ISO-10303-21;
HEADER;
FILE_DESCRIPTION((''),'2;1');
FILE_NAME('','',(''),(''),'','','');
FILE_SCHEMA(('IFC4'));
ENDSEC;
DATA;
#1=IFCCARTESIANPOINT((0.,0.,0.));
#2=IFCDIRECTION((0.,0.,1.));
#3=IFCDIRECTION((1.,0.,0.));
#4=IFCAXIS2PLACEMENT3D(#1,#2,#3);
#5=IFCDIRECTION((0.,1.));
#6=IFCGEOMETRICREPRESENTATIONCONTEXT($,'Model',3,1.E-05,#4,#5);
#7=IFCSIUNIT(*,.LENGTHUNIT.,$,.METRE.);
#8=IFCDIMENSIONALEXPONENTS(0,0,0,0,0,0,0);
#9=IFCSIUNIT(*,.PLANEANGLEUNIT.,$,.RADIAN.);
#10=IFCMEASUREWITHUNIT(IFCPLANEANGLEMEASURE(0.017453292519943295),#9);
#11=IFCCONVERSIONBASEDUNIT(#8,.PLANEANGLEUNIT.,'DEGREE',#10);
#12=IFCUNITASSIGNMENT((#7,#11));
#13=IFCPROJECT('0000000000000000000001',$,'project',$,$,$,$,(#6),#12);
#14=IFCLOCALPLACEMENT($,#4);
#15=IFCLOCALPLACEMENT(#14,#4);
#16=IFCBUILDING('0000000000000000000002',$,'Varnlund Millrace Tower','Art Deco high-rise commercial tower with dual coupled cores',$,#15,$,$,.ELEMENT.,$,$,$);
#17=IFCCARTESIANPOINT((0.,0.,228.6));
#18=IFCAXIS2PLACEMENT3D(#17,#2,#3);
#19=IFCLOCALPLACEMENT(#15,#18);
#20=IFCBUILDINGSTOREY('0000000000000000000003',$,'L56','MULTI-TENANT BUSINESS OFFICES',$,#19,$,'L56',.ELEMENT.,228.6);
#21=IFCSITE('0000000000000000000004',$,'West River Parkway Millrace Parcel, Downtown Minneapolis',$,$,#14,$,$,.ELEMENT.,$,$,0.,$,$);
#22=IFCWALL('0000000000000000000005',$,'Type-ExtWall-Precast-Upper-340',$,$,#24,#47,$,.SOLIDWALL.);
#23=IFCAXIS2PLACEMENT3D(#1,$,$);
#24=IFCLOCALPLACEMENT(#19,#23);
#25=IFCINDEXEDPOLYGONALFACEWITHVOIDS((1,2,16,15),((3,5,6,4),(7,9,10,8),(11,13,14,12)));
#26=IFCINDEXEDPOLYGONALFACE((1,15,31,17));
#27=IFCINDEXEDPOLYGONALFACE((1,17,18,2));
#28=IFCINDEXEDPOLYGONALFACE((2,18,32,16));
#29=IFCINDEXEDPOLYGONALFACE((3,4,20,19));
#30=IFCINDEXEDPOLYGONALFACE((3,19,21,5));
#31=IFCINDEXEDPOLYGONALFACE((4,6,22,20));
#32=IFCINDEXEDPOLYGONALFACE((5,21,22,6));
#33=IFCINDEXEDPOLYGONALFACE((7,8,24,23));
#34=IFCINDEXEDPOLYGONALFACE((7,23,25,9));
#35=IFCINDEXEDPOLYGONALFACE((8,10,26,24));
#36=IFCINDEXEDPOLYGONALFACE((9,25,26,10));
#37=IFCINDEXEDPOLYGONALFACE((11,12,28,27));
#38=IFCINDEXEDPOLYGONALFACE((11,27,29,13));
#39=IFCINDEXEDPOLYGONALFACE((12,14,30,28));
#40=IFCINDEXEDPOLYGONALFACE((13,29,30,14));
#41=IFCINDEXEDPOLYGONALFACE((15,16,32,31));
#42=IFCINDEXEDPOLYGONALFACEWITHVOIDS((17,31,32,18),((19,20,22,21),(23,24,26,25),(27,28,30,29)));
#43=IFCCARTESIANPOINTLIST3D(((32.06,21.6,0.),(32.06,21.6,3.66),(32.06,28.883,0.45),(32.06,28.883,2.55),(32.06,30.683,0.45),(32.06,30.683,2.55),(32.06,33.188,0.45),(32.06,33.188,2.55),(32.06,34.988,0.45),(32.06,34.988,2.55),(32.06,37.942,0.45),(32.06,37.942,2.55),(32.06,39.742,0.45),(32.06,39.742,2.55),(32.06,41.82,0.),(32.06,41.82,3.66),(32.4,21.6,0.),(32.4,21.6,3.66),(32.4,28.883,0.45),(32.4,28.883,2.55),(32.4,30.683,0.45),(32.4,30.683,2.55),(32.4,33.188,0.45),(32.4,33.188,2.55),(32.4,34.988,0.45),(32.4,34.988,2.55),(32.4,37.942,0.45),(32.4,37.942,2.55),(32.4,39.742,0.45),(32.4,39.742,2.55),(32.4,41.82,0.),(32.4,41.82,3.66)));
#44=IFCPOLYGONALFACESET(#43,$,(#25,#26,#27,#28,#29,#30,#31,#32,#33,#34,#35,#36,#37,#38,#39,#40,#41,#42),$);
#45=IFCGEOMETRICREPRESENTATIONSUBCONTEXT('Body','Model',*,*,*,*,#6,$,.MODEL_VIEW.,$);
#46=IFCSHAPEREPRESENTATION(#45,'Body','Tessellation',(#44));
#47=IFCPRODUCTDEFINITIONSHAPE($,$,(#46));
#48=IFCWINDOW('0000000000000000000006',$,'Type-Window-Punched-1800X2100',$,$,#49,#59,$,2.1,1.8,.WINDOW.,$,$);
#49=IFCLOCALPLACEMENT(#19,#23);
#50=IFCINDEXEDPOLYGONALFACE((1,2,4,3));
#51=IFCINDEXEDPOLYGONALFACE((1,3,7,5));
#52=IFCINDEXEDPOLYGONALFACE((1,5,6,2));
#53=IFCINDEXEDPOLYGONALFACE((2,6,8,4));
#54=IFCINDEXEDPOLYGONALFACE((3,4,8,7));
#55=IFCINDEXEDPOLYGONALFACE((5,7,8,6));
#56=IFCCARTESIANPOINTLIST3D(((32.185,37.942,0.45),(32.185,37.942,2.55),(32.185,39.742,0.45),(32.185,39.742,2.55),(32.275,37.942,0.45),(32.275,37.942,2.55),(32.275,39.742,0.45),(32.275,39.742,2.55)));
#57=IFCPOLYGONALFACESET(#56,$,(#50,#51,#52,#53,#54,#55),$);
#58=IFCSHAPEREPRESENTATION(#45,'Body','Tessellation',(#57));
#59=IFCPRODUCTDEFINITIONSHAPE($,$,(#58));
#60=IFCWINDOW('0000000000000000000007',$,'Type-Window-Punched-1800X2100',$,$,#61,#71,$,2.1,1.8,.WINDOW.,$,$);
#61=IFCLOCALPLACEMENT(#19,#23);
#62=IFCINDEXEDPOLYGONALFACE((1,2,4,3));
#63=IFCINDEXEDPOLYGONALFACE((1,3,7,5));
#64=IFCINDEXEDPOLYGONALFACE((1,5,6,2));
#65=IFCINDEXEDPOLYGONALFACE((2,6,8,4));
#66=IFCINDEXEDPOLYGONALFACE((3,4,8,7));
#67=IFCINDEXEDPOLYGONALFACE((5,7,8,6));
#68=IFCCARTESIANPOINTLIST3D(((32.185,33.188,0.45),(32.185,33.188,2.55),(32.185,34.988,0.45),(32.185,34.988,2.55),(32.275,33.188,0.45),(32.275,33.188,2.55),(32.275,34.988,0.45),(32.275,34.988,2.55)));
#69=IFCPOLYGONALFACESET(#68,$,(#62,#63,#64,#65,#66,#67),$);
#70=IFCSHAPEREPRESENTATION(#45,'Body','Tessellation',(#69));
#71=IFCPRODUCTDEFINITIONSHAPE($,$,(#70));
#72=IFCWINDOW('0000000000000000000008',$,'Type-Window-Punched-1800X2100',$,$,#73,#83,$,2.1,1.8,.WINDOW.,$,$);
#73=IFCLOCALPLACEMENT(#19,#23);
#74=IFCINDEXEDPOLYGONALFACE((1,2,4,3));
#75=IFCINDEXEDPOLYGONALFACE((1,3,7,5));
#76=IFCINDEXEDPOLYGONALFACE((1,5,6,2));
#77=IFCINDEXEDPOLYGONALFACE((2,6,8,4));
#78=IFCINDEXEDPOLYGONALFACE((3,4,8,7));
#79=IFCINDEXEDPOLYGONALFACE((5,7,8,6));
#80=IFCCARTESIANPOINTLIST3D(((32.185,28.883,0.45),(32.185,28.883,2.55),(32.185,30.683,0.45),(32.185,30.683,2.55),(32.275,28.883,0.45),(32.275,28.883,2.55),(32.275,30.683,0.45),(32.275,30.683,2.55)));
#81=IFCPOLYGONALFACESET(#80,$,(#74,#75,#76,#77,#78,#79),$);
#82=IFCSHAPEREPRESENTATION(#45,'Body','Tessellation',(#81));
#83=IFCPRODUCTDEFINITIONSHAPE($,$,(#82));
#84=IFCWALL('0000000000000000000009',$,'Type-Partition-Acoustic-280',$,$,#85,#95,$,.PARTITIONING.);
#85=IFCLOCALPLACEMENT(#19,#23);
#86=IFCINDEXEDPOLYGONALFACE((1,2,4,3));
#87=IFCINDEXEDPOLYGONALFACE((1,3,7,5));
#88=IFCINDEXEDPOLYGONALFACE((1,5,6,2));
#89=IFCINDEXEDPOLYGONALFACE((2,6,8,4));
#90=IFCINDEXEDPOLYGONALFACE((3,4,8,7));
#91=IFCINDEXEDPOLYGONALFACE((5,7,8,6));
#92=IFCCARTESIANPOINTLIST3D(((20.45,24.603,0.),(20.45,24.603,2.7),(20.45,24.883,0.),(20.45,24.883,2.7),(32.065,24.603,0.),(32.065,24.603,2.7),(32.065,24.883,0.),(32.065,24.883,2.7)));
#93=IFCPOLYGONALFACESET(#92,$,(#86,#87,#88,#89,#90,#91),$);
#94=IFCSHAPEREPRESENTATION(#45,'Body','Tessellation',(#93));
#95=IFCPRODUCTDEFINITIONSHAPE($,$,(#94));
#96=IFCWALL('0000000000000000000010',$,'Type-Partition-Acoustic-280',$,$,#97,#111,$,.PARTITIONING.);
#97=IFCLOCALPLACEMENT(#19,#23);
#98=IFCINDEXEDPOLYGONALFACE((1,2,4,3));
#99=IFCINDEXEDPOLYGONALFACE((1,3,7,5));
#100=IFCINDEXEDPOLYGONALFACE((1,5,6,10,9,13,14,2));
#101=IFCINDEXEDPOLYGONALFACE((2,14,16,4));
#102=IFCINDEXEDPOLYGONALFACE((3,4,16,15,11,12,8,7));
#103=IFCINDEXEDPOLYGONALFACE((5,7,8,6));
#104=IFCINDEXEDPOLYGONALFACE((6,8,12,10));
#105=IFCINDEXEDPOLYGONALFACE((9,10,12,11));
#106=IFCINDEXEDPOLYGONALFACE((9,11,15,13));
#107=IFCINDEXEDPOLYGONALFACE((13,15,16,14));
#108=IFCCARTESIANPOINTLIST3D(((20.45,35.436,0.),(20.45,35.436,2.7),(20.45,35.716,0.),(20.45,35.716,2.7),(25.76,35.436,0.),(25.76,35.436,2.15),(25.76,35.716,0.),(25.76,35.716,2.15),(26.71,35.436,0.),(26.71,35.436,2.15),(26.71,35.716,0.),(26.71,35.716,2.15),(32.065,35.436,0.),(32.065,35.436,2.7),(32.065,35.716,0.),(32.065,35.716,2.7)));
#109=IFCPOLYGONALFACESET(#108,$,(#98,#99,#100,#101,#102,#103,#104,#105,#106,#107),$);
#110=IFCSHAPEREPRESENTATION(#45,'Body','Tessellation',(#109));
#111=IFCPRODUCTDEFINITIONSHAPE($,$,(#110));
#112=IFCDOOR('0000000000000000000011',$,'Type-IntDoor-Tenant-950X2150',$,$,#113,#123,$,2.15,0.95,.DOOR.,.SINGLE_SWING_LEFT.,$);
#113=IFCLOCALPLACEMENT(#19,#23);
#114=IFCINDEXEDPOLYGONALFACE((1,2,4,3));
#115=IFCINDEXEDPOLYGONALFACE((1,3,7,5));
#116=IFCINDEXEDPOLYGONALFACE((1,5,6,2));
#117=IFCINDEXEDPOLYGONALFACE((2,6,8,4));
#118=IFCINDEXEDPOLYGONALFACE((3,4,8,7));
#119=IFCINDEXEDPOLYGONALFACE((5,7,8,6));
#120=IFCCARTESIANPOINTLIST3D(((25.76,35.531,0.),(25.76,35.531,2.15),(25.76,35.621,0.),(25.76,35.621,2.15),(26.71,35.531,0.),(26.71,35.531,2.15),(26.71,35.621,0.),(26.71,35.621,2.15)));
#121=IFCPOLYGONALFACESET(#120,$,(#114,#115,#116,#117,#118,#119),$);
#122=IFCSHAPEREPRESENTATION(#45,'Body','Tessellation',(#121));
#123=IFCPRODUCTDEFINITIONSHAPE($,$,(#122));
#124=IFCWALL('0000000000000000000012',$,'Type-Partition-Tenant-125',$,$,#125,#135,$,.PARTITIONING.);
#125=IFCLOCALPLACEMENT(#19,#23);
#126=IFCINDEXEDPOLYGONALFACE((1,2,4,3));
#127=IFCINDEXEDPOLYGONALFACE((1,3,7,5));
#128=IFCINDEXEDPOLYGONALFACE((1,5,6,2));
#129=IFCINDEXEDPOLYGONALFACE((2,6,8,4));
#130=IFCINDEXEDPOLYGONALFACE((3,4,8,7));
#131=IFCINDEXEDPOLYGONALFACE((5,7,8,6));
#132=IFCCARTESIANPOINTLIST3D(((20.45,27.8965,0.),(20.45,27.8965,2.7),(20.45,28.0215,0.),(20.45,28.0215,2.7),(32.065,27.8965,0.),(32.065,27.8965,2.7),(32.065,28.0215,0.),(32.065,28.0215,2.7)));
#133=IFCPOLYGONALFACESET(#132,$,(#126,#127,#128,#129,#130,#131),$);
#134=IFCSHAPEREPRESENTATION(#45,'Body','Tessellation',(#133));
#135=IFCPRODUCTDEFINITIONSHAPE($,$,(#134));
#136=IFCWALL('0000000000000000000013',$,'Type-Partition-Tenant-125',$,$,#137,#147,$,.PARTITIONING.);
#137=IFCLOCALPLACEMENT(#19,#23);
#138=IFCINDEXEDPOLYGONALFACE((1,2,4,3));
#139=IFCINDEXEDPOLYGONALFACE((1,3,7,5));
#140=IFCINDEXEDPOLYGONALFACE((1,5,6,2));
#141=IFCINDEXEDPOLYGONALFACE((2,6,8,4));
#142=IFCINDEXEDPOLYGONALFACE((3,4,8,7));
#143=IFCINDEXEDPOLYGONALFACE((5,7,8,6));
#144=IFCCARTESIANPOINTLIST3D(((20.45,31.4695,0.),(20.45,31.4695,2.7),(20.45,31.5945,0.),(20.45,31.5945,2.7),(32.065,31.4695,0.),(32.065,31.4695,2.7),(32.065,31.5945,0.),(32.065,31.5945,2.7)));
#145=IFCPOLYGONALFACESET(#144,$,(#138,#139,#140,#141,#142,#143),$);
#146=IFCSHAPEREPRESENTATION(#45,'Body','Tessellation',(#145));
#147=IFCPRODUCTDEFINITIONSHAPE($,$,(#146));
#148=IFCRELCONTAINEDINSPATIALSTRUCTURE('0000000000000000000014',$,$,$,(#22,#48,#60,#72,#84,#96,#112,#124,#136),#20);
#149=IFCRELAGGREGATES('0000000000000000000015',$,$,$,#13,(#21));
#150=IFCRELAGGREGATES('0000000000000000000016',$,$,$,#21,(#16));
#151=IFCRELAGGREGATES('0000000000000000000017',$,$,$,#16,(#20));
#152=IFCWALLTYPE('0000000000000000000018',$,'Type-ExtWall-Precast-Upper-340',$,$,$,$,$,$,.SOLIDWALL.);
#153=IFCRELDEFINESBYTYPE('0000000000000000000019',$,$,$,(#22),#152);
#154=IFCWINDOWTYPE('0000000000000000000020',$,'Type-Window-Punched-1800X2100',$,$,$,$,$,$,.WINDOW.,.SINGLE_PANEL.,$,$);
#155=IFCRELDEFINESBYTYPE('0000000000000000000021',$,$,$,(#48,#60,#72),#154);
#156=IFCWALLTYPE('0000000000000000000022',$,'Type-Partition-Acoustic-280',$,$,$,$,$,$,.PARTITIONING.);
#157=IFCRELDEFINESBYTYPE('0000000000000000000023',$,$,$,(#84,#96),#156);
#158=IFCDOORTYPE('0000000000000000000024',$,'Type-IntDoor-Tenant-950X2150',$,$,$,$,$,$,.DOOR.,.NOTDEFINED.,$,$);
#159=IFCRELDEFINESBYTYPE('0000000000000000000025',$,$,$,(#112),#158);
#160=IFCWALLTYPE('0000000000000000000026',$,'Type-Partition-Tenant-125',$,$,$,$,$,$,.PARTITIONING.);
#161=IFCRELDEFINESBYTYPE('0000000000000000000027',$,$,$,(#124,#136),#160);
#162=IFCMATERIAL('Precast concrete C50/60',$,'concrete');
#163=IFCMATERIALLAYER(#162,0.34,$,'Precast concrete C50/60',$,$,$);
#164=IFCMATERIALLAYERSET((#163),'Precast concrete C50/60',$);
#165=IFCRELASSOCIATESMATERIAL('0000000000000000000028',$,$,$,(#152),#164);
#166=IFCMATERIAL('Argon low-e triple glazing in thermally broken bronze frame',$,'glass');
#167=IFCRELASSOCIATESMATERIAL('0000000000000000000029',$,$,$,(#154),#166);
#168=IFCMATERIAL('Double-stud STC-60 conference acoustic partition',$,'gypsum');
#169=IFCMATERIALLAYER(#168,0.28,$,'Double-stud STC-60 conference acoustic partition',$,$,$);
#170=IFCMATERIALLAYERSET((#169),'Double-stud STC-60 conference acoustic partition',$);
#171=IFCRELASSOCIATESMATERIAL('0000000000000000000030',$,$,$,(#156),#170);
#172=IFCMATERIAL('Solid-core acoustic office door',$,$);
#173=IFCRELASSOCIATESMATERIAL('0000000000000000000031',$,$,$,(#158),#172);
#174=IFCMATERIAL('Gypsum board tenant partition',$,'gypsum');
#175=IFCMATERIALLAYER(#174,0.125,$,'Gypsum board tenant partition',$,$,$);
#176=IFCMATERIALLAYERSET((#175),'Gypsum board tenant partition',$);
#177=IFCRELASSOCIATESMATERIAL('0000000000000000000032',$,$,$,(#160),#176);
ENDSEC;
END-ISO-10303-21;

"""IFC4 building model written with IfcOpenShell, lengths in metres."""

from ifc_helpers import new_model, entity, si_unit, converted_unit, direction, frame, origin_with_axes, origin_2d_with_axis, place, context, subcontext, project, spatial, polyline, rectangle, outline, extrude, material, layer, layer_set, type_object, element, fill, save


model = new_model("IFC4")

# Units and contexts
model_context = context("Model", 3, precision=1e-05, world=origin_with_axes(), true_north=direction((0.0, 1.0)))
body_context = subcontext(model_context, "Body", "Model", "MODEL_VIEW")
ifc_project = project(units=[si_unit("LENGTHUNIT", "METRE"), converted_unit("PLANEANGLEUNIT", "DEGREE", entity("IfcPlaneAngleMeasure", 0.017453292519943295), si_unit("PLANEANGLEUNIT", "RADIAN"), dimensions=[0, 0, 0, 0, 0, 0, 0])], contexts=[model_context])

# Site, building, storey
site_placement = place(None, origin_with_axes())
site = spatial("IfcSite", under=ifc_project, at=site_placement, Name="West River Parkway Millrace Parcel, Downtown Minneapolis", CompositionType="ELEMENT", RefElevation=0.0)
building_placement = place(site_placement, origin_with_axes())
building = spatial("IfcBuilding", under=site, at=building_placement, Name="Varnlund Millrace Tower", Description="Art Deco high-rise commercial tower with dual coupled cores", CompositionType="ELEMENT")
storey_placement = place(building_placement, frame((0.0, 0.0, 228.6), z_axis=(0.0, 0.0, 1.0), x_axis=(1.0, 0.0, 0.0)))
storey = spatial("IfcBuildingStorey", under=building, at=storey_placement, Name="L56", Description="MULTI-TENANT BUSINESS OFFICES", LongName="L56", CompositionType="ELEMENT", Elevation=228.6)

# Shared definitions
ifc_material_1 = material(Name="Precast concrete C50/60", Category="concrete")
ifc_layer_1 = layer(ifc_material_1, 0.34, Name="Precast concrete C50/60")
ifc_layer_set_1 = layer_set([ifc_layer_1], Name="Precast concrete C50/60")
wall_type_1 = type_object("IfcWallType", Name="Type-ExtWall-Precast-Upper-340", PredefinedType="SOLIDWALL", material=ifc_layer_set_1)
ifc_material_2 = material(Name="Argon low-e triple glazing in thermally broken bronze frame", Category="glass")
window_type = type_object("IfcWindowType", Name="Type-Window-Punched-1800X2100", PartitioningType="SINGLE_PANEL", PredefinedType="WINDOW", material=ifc_material_2)

# Wall, openings, windows
wall_1_placement = place(storey_placement, frame((32.23, 41.82, 0.0), z_axis=(0.0, 0.0, 1.0), x_axis=(0.0, -1.0, 0.0)))
wall_1 = element("IfcWall", 1, at=wall_1_placement, inside=storey, type_object=wall_type_1, Name="Type-ExtWall-Precast-Upper-340", PredefinedType="SOLIDWALL", context=body_context, shape_type="SweptSolid", body=[
    extrude(outline(polyline([(0.0, -0.17), (20.22, -0.17), (20.22, 0.17), (0.0, 0.17), (0.0, -0.17)])), origin_with_axes(), (0.0, 0.0, 1.0), 3.66),
])
opening_1_placement = place(wall_1_placement, frame((2.978, 0.0, 0.45), z_axis=(0.0, 0.0, 1.0), x_axis=(1.0, 0.0, 0.0)))
opening_1 = element("IfcOpeningElement", 2, at=opening_1_placement, cuts=wall_1, PredefinedType="OPENING", context=body_context, shape_type="SweptSolid", body=[
    extrude(rectangle(XDim=1.8, YDim=0.36, at=origin_2d_with_axis()), origin_with_axes(), (0.0, 0.0, 1.0), 2.1),
])
opening_2_placement = place(wall_1_placement, frame((7.732, 0.0, 0.45), z_axis=(0.0, 0.0, 1.0), x_axis=(1.0, 0.0, 0.0)))
opening_2 = element("IfcOpeningElement", 3, at=opening_2_placement, cuts=wall_1, PredefinedType="OPENING", context=body_context, shape_type="SweptSolid", body=[
    extrude(rectangle(XDim=1.8, YDim=0.36, at=origin_2d_with_axis()), origin_with_axes(), (0.0, 0.0, 1.0), 2.1),
])
opening_3_placement = place(wall_1_placement, frame((12.037, 0.0, 0.45), z_axis=(0.0, 0.0, 1.0), x_axis=(1.0, 0.0, 0.0)))
opening_3 = element("IfcOpeningElement", 4, at=opening_3_placement, cuts=wall_1, PredefinedType="OPENING", context=body_context, shape_type="SweptSolid", body=[
    extrude(rectangle(XDim=1.8, YDim=0.36, at=origin_2d_with_axis()), origin_with_axes(), (0.0, 0.0, 1.0), 2.1),
])
window_1_placement = place(wall_1_placement, frame((2.978, 0.0, 0.45), z_axis=(0.0, 0.0, 1.0), x_axis=(1.0, 0.0, 0.0)))
window_1 = element("IfcWindow", 5, at=window_1_placement, inside=storey, type_object=window_type, Name="Type-Window-Punched-1800X2100", OverallHeight=2.1, OverallWidth=1.8, PredefinedType="WINDOW", context=body_context, shape_type="SweptSolid", body=[
    extrude(rectangle(XDim=1.8, YDim=0.09, at=origin_2d_with_axis()), origin_with_axes(), (0.0, 0.0, 1.0), 2.1),
])
fill(opening_1, window_1)
window_2_placement = place(wall_1_placement, frame((7.732, 0.0, 0.45), z_axis=(0.0, 0.0, 1.0), x_axis=(1.0, 0.0, 0.0)))
window_2 = element("IfcWindow", 6, at=window_2_placement, inside=storey, type_object=window_type, Name="Type-Window-Punched-1800X2100", OverallHeight=2.1, OverallWidth=1.8, PredefinedType="WINDOW", context=body_context, shape_type="SweptSolid", body=[
    extrude(rectangle(XDim=1.8, YDim=0.09, at=origin_2d_with_axis()), origin_with_axes(), (0.0, 0.0, 1.0), 2.1),
])
fill(opening_2, window_2)
window_3_placement = place(wall_1_placement, frame((12.037, 0.0, 0.45), z_axis=(0.0, 0.0, 1.0), x_axis=(1.0, 0.0, 0.0)))
window_3 = element("IfcWindow", 7, at=window_3_placement, inside=storey, type_object=window_type, Name="Type-Window-Punched-1800X2100", OverallHeight=2.1, OverallWidth=1.8, PredefinedType="WINDOW", context=body_context, shape_type="SweptSolid", body=[
    extrude(rectangle(XDim=1.8, YDim=0.09, at=origin_2d_with_axis()), origin_with_axes(), (0.0, 0.0, 1.0), 2.1),
])
fill(opening_3, window_3)

# Wall
ifc_material_3 = material(Name="Double-stud STC-60 conference acoustic partition", Category="gypsum")
ifc_layer_2 = layer(ifc_material_3, 0.28, Name="Double-stud STC-60 conference acoustic partition")
ifc_layer_set_2 = layer_set([ifc_layer_2], Name="Double-stud STC-60 conference acoustic partition")
wall_type_2 = type_object("IfcWallType", Name="Type-Partition-Acoustic-280", PredefinedType="PARTITIONING", material=ifc_layer_set_2)
wall_2_placement = place(storey_placement, frame((20.45, 24.743, 0.0), z_axis=(0.0, 0.0, 1.0), x_axis=(1.0, 0.0, 0.0)))
element("IfcWall", 8, at=wall_2_placement, inside=storey, type_object=wall_type_2, Name="Type-Partition-Acoustic-280", PredefinedType="PARTITIONING", context=body_context, shape_type="SweptSolid", body=[
    extrude(outline(polyline([(0.0, -0.14), (11.615, -0.14), (11.615, 0.14), (0.0, 0.14), (0.0, -0.14)])), origin_with_axes(), (0.0, 0.0, 1.0), 2.7),
])

# Wall, opening, door
wall_3_placement = place(storey_placement, frame((20.45, 35.576, 0.0), z_axis=(0.0, 0.0, 1.0), x_axis=(1.0, 0.0, 0.0)))
wall_3 = element("IfcWall", 9, at=wall_3_placement, inside=storey, type_object=wall_type_2, Name="Type-Partition-Acoustic-280", PredefinedType="PARTITIONING", context=body_context, shape_type="SweptSolid", body=[
    extrude(outline(polyline([(0.0, -0.14), (11.615, -0.14), (11.615, 0.14), (0.0, 0.14), (0.0, -0.14)])), origin_with_axes(), (0.0, 0.0, 1.0), 2.7),
])
opening_4_placement = place(wall_3_placement, frame((5.785, 0.0, 0.0), z_axis=(0.0, 0.0, 1.0), x_axis=(1.0, 0.0, 0.0)))
opening_4 = element("IfcOpeningElement", 10, at=opening_4_placement, cuts=wall_3, PredefinedType="OPENING", context=body_context, shape_type="SweptSolid", body=[
    extrude(rectangle(XDim=0.95, YDim=0.3, at=origin_2d_with_axis()), origin_with_axes(), (0.0, 0.0, 1.0), 2.15),
])
ifc_material_4 = material(Name="Solid-core acoustic office door")
door_type_1 = type_object("IfcDoorType", Name="Type-IntDoor-Tenant-950X2150", OperationType="NOTDEFINED", PredefinedType="DOOR", material=ifc_material_4)
door_1_placement = place(wall_3_placement, frame((5.785, 0.0, 0.0), z_axis=(0.0, 0.0, 1.0), x_axis=(1.0, 0.0, 0.0)))
door_1 = element("IfcDoor", 11, at=door_1_placement, inside=storey, type_object=door_type_1, Name="Type-IntDoor-Tenant-950X2150", OperationType="SINGLE_SWING_LEFT", OverallHeight=2.15, OverallWidth=0.95, PredefinedType="DOOR", context=body_context, shape_type="SweptSolid", body=[
    extrude(rectangle(XDim=0.95, YDim=0.09, at=origin_2d_with_axis()), origin_with_axes(), (0.0, 0.0, 1.0), 2.15),
])
fill(opening_4, door_1)

# Walls
ifc_material_5 = material(Name="Gypsum board tenant partition", Category="gypsum")
ifc_layer_3 = layer(ifc_material_5, 0.125, Name="Gypsum board tenant partition")
ifc_layer_set_3 = layer_set([ifc_layer_3], Name="Gypsum board tenant partition")
wall_type_3 = type_object("IfcWallType", Name="Type-Partition-Tenant-125", PredefinedType="PARTITIONING", material=ifc_layer_set_3)
for number, where, z_axis, x_axis, name in (
    (12, (20.45, 27.959, 0.0), (0.0, 0.0, 1.0), (1.0, 0.0, 0.0), "Type-Partition-Tenant-125"),
    (13, (20.45, 31.532, 0.0), (0.0, 0.0, 1.0), (1.0, 0.0, 0.0), "Type-Partition-Tenant-125"),
):
    element("IfcWall", number, at=place(storey_placement, frame(where, z_axis=z_axis, x_axis=x_axis)), inside=storey, type_object=wall_type_3, Name=name, PredefinedType="PARTITIONING", context=body_context, shape_type="SweptSolid", body=[
        extrude(outline(polyline([(0.0, -0.0625), (11.615, -0.0625), (11.615, 0.0625), (0.0, 0.0625), (0.0, -0.0625)])), origin_with_axes(), (0.0, 0.0, 1.0), 2.7),
    ])

save(model, "model.ifc")
